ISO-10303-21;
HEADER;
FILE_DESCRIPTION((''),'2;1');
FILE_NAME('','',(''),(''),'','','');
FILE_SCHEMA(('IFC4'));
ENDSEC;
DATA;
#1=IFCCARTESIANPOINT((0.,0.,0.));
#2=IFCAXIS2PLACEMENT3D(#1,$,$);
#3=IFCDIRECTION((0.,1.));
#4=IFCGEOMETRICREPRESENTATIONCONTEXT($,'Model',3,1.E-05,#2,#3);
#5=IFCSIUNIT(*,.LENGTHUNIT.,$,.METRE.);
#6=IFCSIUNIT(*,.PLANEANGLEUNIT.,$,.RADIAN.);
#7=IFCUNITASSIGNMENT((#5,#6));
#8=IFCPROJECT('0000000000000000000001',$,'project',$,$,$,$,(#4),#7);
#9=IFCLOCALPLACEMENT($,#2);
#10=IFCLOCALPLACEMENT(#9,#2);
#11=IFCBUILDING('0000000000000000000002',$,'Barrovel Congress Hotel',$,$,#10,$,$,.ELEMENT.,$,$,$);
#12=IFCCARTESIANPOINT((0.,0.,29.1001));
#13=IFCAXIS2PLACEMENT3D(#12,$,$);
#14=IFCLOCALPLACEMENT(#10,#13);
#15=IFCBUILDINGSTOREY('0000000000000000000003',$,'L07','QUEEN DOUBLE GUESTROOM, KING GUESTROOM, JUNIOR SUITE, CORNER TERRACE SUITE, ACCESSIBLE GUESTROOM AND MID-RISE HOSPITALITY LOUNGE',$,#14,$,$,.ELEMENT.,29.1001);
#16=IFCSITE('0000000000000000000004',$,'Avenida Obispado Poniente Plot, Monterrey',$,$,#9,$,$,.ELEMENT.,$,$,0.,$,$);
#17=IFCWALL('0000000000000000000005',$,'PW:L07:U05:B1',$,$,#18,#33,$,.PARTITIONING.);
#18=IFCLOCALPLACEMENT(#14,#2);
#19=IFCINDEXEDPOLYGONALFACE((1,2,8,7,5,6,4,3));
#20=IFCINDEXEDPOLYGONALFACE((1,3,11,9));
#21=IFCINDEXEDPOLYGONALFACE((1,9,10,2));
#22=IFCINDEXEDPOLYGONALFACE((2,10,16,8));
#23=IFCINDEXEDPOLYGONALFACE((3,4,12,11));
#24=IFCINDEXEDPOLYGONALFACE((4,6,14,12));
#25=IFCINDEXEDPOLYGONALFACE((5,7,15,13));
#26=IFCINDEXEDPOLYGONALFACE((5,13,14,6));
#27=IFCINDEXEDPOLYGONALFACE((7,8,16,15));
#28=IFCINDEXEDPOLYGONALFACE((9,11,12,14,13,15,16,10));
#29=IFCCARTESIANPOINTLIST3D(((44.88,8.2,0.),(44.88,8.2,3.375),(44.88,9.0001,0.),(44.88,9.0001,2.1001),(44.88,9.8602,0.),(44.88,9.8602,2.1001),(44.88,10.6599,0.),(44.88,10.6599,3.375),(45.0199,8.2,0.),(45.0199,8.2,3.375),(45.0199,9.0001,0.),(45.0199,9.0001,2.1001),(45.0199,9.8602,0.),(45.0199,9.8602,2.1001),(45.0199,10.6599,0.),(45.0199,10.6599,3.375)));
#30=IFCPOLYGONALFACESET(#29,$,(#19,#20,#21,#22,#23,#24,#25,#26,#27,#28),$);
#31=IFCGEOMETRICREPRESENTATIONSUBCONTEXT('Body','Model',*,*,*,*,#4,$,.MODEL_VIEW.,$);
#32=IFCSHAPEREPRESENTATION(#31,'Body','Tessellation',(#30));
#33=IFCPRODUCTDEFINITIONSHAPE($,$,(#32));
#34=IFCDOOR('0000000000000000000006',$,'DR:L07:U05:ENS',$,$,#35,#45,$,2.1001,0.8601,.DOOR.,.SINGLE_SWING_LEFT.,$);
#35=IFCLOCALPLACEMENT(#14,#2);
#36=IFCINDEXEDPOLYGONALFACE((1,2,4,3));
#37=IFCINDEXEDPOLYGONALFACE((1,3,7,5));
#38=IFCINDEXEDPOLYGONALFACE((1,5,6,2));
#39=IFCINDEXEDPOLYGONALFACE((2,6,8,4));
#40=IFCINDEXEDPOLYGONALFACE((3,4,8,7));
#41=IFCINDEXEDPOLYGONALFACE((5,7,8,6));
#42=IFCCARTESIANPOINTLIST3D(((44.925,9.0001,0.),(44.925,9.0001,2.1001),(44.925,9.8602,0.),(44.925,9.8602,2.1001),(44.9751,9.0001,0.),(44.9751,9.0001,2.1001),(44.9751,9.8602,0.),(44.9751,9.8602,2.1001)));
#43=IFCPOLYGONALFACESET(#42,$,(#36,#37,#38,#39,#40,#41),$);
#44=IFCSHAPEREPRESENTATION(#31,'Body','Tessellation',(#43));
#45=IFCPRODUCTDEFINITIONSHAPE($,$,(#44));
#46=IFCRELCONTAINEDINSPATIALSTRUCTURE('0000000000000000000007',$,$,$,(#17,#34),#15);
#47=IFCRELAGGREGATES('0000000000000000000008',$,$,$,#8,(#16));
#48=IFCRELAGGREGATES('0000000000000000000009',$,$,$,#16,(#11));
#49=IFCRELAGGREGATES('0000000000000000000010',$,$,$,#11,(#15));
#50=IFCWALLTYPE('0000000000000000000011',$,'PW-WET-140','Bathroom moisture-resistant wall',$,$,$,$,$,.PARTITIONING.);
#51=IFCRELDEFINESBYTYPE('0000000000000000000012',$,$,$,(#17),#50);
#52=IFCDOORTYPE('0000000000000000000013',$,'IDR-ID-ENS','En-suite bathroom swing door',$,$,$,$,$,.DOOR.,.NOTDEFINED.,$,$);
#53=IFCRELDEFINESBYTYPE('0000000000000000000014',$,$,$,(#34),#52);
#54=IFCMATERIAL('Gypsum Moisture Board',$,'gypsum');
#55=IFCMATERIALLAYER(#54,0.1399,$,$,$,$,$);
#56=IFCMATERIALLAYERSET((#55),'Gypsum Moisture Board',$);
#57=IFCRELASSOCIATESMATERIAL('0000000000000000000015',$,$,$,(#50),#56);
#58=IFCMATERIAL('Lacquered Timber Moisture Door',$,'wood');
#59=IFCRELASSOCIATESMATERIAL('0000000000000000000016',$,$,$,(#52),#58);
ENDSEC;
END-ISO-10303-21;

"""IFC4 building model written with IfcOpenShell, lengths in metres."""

from ifc_helpers import new_model, si_unit, direction, frame, frame_2d, origin, place, context, subcontext, project, spatial, rectangle, extrude, material, layer, layer_set, type_object, element, fill, save


model = new_model("IFC4")

# Units and contexts
model_context = context("Model", 3, precision=1e-05, world=origin(), true_north=direction((0.0, 1.0)))
body_context = subcontext(model_context, "Body", "Model", "MODEL_VIEW")
ifc_project = project(units=[si_unit("LENGTHUNIT", "METRE"), si_unit("PLANEANGLEUNIT", "RADIAN")], contexts=[model_context])

# Site, building, storey
site_placement = place(None, origin())
site = spatial("IfcSite", under=ifc_project, at=site_placement, Name="Avenida Obispado Poniente Plot, Monterrey", CompositionType="ELEMENT", RefElevation=0.0)
building_placement = place(site_placement, origin())
building = spatial("IfcBuilding", under=site, at=building_placement, Name="Barrovel Congress Hotel", CompositionType="ELEMENT")
storey_placement = place(building_placement, frame((0.0, 0.0, 29.1001)))
storey = spatial("IfcBuildingStorey", under=building, at=storey_placement, Name="L07", Description="QUEEN DOUBLE GUESTROOM, KING GUESTROOM, JUNIOR SUITE, CORNER TERRACE SUITE, ACCESSIBLE GUESTROOM AND MID-RISE HOSPITALITY LOUNGE", CompositionType="ELEMENT", Elevation=29.1001)

# Wall, opening, door
ifc_material_1 = material(Name="Gypsum Moisture Board", Category="gypsum")
ifc_layer_1 = layer(ifc_material_1, 0.1399)
ifc_layer_set_1 = layer_set([ifc_layer_1], Name="Gypsum Moisture Board")
wall_type_1 = type_object("IfcWallType", Name="PW-WET-140", Description="Bathroom moisture-resistant wall", PredefinedType="PARTITIONING", material=ifc_layer_set_1)
wall_1_placement = place(storey_placement, frame((44.95, 8.2, 0.0), z_axis=(0.0, 0.0, 1.0), x_axis=(0.0, 1.0, 0.0)))
wall_1 = element("IfcWall", 1, at=wall_1_placement, inside=storey, type_object=wall_type_1, Name="PW:L07:U05:B1", PredefinedType="PARTITIONING", context=body_context, shape_type="SweptSolid", body=[
    extrude(rectangle(XDim=2.46, YDim=0.1399, at=frame_2d((1.23, 0.0))), origin(), (0.0, 0.0, 1.0), 3.375),
])
opening_1_placement = place(wall_1_placement, frame((0.8, 0.0, 0.0)))
opening_1 = element("IfcOpeningElement", 2, at=opening_1_placement, cuts=wall_1, PredefinedType="OPENING", context=body_context, shape_type="SweptSolid", body=[
    extrude(rectangle(XDim=0.8601, YDim=2.1001, at=frame_2d((0.4302, 1.05))), frame((0.0, 0.0801, 0.0), z_axis=(0.0, -1.0, 0.0), x_axis=(1.0, 0.0, 0.0)), (0.0, 0.0, 1.0), 0.1599),
])
ifc_material_2 = material(Name="Lacquered Timber Moisture Door", Category="wood")
door_type_1 = type_object("IfcDoorType", Name="IDR-ID-ENS", Description="En-suite bathroom swing door", OperationType="NOTDEFINED", PredefinedType="DOOR", material=ifc_material_2)
door_1_placement = place(opening_1_placement, origin())
door_1 = element("IfcDoor", 3, at=door_1_placement, inside=storey, type_object=door_type_1, Name="DR:L07:U05:ENS", OperationType="SINGLE_SWING_LEFT", OverallHeight=2.1001, OverallWidth=0.8601, PredefinedType="DOOR", context=body_context, shape_type="SweptSolid", body=[
    extrude(rectangle(XDim=0.8601, YDim=2.1001, at=frame_2d((0.4302, 1.05))), frame((0.0, 0.0249, 0.0), z_axis=(0.0, -1.0, 0.0), x_axis=(1.0, 0.0, 0.0)), (0.0, 0.0, 1.0), 0.05),
])
fill(opening_1, door_1)

save(model, "model.ifc")
